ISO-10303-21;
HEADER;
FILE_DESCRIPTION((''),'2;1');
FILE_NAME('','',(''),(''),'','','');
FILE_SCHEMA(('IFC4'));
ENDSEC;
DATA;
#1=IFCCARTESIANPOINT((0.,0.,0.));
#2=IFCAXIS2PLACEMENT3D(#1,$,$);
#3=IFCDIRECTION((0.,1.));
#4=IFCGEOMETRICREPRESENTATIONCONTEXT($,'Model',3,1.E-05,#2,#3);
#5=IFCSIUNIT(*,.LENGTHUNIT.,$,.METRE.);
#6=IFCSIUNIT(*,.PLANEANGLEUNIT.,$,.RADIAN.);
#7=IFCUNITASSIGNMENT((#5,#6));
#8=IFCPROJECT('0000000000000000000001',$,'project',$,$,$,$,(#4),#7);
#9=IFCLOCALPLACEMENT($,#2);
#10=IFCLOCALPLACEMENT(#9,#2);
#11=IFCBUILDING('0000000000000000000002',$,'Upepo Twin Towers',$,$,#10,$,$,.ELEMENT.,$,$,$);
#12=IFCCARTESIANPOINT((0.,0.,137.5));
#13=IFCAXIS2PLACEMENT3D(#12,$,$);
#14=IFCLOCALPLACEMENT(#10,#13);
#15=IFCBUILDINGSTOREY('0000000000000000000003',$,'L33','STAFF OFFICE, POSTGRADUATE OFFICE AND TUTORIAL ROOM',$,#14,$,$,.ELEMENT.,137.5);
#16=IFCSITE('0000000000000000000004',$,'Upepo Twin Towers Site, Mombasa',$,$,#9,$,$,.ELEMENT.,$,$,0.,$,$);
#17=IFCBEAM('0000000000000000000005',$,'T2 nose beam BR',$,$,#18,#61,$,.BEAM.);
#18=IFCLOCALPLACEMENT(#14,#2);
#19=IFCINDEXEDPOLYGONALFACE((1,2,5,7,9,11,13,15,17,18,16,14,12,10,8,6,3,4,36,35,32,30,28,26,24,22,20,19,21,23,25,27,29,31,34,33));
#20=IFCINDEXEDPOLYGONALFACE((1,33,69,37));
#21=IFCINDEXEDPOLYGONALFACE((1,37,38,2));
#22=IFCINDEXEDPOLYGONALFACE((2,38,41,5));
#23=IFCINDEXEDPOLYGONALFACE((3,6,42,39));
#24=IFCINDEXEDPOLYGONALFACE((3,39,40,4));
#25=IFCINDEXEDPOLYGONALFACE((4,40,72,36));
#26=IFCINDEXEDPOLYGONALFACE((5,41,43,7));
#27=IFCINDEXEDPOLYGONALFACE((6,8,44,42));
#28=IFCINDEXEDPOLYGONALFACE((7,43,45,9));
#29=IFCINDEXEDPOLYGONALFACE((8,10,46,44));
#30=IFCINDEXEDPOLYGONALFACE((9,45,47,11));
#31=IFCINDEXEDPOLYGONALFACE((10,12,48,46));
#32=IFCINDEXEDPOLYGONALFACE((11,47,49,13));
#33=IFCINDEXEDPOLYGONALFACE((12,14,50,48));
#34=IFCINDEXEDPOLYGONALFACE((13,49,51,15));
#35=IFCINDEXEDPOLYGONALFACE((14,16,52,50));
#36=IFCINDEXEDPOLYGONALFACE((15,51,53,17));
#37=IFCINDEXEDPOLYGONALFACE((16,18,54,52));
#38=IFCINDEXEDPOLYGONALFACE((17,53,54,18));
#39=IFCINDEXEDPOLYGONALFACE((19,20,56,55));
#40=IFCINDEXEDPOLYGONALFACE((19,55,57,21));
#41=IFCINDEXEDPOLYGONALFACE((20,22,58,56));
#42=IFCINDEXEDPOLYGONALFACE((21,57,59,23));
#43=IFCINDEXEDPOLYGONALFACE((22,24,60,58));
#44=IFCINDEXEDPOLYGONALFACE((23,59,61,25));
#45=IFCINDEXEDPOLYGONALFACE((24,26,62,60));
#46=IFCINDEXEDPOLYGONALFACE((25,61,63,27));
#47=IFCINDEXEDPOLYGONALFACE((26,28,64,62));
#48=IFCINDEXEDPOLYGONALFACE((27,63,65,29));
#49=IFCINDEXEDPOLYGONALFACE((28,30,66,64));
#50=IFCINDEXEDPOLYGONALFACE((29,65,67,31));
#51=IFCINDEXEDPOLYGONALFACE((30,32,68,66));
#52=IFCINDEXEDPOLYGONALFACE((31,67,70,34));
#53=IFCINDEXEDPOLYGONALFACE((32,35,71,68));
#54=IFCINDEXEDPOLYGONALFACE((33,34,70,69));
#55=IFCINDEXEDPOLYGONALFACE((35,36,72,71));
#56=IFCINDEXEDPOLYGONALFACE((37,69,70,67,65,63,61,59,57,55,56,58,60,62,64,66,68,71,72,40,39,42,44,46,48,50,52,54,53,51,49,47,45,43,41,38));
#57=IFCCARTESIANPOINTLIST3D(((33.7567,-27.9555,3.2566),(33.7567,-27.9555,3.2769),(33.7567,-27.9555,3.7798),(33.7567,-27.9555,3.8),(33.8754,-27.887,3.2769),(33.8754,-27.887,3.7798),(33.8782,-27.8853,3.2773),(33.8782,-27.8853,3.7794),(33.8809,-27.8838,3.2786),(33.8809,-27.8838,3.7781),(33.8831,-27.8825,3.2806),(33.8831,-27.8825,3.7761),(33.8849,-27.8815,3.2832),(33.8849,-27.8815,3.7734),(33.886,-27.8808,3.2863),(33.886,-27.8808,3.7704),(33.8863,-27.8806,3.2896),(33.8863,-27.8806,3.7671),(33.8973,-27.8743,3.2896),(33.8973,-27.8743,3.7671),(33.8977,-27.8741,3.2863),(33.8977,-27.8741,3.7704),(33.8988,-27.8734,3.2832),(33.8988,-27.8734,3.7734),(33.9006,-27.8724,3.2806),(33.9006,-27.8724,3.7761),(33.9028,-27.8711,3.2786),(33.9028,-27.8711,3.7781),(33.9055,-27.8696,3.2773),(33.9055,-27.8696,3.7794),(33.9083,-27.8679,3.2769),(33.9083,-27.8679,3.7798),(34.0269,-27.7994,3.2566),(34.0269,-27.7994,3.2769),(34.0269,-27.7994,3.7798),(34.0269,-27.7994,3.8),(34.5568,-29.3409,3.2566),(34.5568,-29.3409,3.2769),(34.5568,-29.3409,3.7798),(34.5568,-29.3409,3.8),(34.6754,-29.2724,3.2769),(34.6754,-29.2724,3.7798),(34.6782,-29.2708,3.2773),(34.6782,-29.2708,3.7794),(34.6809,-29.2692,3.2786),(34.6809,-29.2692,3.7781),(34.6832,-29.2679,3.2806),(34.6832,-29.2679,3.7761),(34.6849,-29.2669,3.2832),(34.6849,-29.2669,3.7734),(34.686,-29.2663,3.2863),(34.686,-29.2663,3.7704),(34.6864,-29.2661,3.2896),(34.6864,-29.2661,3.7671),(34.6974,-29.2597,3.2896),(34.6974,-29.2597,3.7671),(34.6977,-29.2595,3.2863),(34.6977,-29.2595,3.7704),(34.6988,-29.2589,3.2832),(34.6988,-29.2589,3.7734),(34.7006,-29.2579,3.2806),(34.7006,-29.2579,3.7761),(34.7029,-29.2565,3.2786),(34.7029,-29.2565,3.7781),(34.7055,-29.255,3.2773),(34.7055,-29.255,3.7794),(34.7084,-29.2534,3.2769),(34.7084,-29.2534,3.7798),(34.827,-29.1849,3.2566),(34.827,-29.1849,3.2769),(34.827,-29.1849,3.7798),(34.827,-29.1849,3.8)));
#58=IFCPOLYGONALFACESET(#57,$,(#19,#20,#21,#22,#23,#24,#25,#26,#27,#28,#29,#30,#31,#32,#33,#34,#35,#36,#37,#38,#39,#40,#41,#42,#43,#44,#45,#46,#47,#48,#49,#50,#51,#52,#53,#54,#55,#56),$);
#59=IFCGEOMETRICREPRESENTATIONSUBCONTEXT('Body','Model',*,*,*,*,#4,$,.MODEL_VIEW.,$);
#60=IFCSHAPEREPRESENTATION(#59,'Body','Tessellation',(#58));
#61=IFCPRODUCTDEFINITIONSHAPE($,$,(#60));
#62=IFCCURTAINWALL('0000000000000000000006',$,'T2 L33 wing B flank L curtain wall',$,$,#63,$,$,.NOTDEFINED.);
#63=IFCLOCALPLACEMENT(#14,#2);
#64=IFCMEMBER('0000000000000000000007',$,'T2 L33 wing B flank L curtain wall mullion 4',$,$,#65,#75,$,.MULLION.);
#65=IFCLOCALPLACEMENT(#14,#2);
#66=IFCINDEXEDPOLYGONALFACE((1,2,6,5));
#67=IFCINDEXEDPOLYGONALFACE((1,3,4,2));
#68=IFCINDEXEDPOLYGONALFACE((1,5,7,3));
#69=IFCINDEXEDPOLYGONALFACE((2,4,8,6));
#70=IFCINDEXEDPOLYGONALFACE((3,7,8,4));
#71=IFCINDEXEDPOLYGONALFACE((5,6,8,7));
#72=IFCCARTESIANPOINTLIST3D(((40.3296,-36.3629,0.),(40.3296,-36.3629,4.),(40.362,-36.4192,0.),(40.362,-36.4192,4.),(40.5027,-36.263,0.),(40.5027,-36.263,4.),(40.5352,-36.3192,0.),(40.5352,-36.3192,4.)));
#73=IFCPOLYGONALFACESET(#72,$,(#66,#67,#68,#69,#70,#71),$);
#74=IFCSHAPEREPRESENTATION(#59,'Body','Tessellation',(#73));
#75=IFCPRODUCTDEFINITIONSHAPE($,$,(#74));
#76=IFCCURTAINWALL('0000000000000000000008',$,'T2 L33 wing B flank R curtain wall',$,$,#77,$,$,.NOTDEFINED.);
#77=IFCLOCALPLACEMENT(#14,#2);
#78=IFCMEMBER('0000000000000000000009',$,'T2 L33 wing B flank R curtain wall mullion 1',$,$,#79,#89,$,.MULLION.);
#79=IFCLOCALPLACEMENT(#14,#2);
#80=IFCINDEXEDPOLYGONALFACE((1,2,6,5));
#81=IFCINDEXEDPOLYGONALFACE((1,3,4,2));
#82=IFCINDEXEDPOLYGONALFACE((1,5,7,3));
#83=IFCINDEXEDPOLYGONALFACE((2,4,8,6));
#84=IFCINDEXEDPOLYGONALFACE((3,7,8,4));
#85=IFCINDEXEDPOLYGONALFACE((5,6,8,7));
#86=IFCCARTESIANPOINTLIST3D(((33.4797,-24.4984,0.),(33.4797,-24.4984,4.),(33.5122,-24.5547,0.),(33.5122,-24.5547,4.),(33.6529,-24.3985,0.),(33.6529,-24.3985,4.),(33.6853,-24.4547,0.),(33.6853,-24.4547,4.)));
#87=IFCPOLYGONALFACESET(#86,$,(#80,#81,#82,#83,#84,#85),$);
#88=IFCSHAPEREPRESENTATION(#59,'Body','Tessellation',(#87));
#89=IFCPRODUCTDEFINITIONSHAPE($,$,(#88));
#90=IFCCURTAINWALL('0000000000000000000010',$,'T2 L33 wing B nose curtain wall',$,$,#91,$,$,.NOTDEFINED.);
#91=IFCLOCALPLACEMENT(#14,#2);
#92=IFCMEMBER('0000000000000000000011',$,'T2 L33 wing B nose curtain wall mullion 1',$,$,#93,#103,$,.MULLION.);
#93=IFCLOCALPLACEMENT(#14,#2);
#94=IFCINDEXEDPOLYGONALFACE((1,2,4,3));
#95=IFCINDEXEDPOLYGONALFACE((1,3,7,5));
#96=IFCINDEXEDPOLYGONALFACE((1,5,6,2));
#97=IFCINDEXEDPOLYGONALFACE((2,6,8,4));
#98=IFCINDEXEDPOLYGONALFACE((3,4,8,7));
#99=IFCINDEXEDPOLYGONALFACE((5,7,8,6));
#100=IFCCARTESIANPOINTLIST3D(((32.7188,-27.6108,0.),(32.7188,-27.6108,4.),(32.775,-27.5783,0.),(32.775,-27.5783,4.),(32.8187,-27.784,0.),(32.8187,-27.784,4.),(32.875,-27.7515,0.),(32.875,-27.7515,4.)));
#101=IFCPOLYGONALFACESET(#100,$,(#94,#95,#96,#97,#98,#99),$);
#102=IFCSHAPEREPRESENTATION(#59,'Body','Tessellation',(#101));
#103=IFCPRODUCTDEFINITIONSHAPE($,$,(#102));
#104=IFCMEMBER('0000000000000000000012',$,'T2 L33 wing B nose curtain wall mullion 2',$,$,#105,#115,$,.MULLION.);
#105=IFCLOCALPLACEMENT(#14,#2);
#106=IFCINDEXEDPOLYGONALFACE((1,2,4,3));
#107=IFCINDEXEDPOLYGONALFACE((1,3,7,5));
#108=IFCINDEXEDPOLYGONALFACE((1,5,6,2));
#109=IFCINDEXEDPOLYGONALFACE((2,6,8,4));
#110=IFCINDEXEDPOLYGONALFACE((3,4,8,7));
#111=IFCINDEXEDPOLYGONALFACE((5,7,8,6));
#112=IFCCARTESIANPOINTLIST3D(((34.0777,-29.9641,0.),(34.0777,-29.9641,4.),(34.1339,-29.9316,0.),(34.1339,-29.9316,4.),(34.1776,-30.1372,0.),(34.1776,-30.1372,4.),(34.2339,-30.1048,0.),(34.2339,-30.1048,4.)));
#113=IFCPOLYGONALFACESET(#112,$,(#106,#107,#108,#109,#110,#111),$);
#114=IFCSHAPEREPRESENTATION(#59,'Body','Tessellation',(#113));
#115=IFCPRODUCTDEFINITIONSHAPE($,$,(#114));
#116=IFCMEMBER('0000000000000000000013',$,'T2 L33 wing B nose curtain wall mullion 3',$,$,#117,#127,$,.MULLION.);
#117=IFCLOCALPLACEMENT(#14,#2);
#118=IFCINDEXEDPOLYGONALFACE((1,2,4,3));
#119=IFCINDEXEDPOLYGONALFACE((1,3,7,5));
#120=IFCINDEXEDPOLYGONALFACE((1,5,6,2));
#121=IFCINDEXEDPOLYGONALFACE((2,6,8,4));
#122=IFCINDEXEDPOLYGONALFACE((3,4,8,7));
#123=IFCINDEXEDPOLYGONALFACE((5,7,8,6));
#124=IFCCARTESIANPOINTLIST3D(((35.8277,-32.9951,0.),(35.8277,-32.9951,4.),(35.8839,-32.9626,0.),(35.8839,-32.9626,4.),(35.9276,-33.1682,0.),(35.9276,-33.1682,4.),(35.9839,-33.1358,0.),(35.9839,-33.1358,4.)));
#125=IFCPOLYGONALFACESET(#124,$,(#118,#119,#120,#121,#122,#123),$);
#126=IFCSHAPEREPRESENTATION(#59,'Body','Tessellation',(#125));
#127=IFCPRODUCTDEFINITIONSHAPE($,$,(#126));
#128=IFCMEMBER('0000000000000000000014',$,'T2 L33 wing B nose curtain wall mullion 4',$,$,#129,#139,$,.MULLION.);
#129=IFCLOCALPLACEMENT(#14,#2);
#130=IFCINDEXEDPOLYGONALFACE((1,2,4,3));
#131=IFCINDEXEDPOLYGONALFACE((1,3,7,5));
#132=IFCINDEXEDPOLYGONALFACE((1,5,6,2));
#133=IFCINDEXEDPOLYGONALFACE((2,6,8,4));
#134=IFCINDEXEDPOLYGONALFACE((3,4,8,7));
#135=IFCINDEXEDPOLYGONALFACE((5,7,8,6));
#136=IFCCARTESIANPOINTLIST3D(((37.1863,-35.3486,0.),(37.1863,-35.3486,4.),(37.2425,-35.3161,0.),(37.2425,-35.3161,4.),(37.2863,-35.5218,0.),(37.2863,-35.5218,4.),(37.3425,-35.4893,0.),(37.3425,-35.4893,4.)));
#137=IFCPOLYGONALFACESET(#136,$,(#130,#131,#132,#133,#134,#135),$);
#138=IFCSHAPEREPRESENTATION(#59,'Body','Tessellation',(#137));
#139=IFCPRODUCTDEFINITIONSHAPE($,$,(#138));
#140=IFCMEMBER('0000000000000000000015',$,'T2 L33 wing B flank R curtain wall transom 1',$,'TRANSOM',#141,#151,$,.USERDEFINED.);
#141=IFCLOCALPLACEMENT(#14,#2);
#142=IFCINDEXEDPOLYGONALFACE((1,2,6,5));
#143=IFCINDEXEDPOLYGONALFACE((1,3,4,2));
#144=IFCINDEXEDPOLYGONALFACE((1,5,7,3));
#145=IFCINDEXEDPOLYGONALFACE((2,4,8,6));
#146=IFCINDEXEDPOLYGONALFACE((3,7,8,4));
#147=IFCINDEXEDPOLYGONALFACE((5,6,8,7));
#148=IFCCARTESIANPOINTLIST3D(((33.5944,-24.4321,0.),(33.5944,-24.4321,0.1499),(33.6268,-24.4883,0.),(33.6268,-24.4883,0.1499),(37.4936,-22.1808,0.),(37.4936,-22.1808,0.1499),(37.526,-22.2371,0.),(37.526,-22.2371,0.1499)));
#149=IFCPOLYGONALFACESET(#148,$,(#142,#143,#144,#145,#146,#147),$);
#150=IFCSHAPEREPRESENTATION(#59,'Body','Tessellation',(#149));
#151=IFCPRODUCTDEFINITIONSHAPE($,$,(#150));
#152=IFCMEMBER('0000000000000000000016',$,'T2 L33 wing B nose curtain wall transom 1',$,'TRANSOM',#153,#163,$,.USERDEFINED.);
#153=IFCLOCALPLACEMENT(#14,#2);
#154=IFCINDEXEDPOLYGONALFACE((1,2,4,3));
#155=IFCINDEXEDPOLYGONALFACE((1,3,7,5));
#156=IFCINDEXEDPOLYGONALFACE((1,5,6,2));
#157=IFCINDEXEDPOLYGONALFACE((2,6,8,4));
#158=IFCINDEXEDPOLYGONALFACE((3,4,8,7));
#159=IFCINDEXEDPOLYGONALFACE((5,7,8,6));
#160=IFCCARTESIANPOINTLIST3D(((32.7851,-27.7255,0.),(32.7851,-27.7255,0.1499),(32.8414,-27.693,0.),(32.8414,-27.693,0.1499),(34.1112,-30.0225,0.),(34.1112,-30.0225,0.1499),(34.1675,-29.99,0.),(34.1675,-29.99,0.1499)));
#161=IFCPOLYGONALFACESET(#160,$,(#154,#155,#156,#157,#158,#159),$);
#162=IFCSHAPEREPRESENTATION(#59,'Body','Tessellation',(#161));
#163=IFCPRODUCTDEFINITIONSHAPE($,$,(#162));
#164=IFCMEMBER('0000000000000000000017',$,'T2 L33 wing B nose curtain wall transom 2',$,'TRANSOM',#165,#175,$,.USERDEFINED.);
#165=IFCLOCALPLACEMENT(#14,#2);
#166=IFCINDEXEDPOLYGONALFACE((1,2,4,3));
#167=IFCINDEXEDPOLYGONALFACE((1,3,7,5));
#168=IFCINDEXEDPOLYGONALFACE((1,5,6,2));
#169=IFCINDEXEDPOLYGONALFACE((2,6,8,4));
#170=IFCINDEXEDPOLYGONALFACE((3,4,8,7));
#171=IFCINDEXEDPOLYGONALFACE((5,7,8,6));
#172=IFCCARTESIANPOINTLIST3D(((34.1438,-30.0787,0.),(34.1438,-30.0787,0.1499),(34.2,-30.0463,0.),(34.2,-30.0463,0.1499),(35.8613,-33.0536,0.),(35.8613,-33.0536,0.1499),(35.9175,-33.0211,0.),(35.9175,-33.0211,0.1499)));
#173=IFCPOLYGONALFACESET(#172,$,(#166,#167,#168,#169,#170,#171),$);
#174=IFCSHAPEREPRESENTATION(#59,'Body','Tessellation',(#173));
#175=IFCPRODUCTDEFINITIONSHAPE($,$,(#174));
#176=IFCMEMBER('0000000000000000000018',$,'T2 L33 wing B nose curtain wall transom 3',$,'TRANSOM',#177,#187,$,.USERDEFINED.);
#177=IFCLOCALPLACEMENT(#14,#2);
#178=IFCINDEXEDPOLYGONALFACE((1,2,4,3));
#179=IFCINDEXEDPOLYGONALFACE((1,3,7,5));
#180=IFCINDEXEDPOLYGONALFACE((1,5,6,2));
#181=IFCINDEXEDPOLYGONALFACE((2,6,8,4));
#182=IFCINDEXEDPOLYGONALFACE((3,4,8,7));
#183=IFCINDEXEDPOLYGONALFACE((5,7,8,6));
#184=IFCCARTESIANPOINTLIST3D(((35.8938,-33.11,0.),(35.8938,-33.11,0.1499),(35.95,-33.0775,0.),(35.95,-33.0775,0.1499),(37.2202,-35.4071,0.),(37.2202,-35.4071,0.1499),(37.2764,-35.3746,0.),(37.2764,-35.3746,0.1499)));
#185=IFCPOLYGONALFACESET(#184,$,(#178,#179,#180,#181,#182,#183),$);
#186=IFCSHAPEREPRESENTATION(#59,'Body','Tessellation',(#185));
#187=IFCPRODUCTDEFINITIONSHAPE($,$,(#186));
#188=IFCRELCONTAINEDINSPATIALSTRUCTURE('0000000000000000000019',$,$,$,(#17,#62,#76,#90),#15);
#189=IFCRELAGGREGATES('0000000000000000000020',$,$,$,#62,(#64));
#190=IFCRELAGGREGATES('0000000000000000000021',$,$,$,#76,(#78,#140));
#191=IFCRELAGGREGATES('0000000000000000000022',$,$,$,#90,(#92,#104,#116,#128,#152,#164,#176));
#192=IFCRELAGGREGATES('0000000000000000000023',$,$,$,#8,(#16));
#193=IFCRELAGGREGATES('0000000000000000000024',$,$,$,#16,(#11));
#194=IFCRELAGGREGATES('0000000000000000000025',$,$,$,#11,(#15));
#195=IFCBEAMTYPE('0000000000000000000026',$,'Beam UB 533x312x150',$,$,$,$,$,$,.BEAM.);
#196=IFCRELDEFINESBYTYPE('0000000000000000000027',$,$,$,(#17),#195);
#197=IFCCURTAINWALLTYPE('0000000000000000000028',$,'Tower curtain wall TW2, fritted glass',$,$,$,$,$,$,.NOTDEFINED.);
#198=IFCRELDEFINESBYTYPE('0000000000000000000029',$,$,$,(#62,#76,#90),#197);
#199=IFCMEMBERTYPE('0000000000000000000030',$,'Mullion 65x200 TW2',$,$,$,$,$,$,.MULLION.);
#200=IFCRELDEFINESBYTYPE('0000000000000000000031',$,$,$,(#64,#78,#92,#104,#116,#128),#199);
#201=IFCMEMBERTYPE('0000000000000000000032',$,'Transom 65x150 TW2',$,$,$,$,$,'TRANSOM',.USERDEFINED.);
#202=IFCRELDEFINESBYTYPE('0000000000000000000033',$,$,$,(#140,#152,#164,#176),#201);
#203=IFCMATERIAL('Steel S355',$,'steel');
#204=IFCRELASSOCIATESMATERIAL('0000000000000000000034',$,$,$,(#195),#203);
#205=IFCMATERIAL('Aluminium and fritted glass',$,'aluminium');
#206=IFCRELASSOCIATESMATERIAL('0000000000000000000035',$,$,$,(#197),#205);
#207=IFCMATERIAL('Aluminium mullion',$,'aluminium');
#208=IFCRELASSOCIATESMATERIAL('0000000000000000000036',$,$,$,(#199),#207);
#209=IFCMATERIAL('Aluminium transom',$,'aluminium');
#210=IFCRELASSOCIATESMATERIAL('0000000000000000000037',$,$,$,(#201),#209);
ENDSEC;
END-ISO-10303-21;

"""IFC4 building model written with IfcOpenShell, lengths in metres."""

from ifc_helpers import new_model, si_unit, direction, frame, origin, origin_2d, place, context, subcontext, project, spatial, rectangle, i_section, extrude, material, material_profile, profile_set, type_object, element, aggregate, save


model = new_model("IFC4")

# Units and contexts
model_context = context("Model", 3, precision=1e-05, world=origin(), true_north=direction((0.0, 1.0)))
body_context = subcontext(model_context, "Body", "Model", "MODEL_VIEW")
ifc_project = project(units=[si_unit("LENGTHUNIT", "METRE"), si_unit("PLANEANGLEUNIT", "RADIAN")], contexts=[model_context])

# Site, building, storey
site_placement = place(None, origin())
site = spatial("IfcSite", under=ifc_project, at=site_placement, Name="Upepo Twin Towers Site, Mombasa", CompositionType="ELEMENT", RefElevation=0.0)
building_placement = place(site_placement, origin())
building = spatial("IfcBuilding", under=site, at=building_placement, Name="Upepo Twin Towers", CompositionType="ELEMENT")
storey_placement = place(building_placement, frame((0.0, 0.0, 137.5)))
storey = spatial("IfcBuildingStorey", under=building, at=storey_placement, Name="L33", Description="STAFF OFFICE, POSTGRADUATE OFFICE AND TUTORIAL ROOM", CompositionType="ELEMENT", Elevation=137.5)

# Beam
ifc_material_1 = material(Name="Steel S355", Category="steel")
ifc_material_profile_1 = material_profile(ifc_material_1, i_section(OverallWidth=0.312, OverallDepth=0.5435, WebThickness=0.0127, FlangeThickness=0.0203, FilletRadius=0.0127, at=origin_2d()), Name="UB 533x312x150")
ifc_profile_set_1 = profile_set([ifc_material_profile_1], Name="Steel S355")
beam_type_1 = type_object("IfcBeamType", Name="Beam UB 533x312x150", PredefinedType="BEAM", material=ifc_profile_set_1)
for number, where, z_axis, x_axis, name in (
    (1, (33.8918, -27.8774, 3.5283), (0.500061, -0.86599, 0.0), (0.86599, 0.500061, 0.0), "T2 nose beam BR"),
):
    element("IfcBeam", number, at=place(storey_placement, frame(where, z_axis=z_axis, x_axis=x_axis)), inside=storey, type_object=beam_type_1, Name=name, PredefinedType="BEAM", context=body_context, shape_type="SweptSolid", body=[
        extrude(i_section(OverallWidth=0.312, OverallDepth=0.5435, WebThickness=0.0127, FlangeThickness=0.0203, FilletRadius=0.0127, at=origin_2d()), origin(), (0.0, 0.0, 1.0), 1.5999),
    ])

# Curtain walls, members
ifc_material_2 = material(Name="Aluminium and fritted glass", Category="aluminium")
curtain_wall_type = type_object("IfcCurtainWallType", Name="Tower curtain wall TW2, fritted glass", PredefinedType="NOTDEFINED", material=ifc_material_2)
curtain_wall_1_placement = place(storey_placement, origin())
curtain_wall_1 = element("IfcCurtainWall", 2, at=curtain_wall_1_placement, inside=storey, type_object=curtain_wall_type, Name="T2 L33 wing B flank L curtain wall", PredefinedType="NOTDEFINED")
ifc_material_3 = material(Name="Aluminium mullion", Category="aluminium")
ifc_material_profile_2 = material_profile(ifc_material_3, rectangle(XDim=0.0649, YDim=0.2, at=origin_2d()), Name="MULLION 65x200")
ifc_profile_set_2 = profile_set([ifc_material_profile_2], Name="Aluminium mullion")
member_type_1 = type_object("IfcMemberType", Name="Mullion 65x200 TW2", PredefinedType="MULLION", material=ifc_profile_set_2)
member_1_placement = place(storey_placement, frame((40.4324, -36.3411, 0.0), z_axis=(0.0, 0.0, 1.0), x_axis=(0.5, -0.866025, 0.0)))
member_1 = element("IfcMember", 3, at=member_1_placement, type_object=member_type_1, Name="T2 L33 wing B flank L curtain wall mullion 4", PredefinedType="MULLION", context=body_context, shape_type="SweptSolid", body=[
    extrude(rectangle(XDim=0.0649, YDim=0.2, at=origin_2d()), origin(), (0.0, 0.0, 1.0), 4.0),
])
aggregate(curtain_wall_1, [member_1])
curtain_wall_2_placement = place(storey_placement, origin())
curtain_wall_2 = element("IfcCurtainWall", 4, at=curtain_wall_2_placement, inside=storey, type_object=curtain_wall_type, Name="T2 L33 wing B flank R curtain wall", PredefinedType="NOTDEFINED")
member_2_placement = place(storey_placement, frame((33.5825, -24.4766, 0.0), z_axis=(0.0, 0.0, 1.0), x_axis=(-0.5, 0.866025, 0.0)))
member_2 = element("IfcMember", 5, at=member_2_placement, type_object=member_type_1, Name="T2 L33 wing B flank R curtain wall mullion 1", PredefinedType="MULLION", context=body_context, shape_type="SweptSolid", body=[
    extrude(rectangle(XDim=0.0649, YDim=0.2, at=origin_2d()), origin(), (0.0, 0.0, 1.0), 4.0),
])

# Curtain wall, members
curtain_wall_3_placement = place(storey_placement, origin())
curtain_wall_3 = element("IfcCurtainWall", 6, at=curtain_wall_3_placement, inside=storey, type_object=curtain_wall_type, Name="T2 L33 wing B nose curtain wall", PredefinedType="NOTDEFINED")
member_3_placement = place(storey_placement, frame((32.7969, -27.6812, 0.0), z_axis=(0.0, 0.0, 1.0), x_axis=(0.866025, 0.5, 0.0)))
member_3 = element("IfcMember", 7, at=member_3_placement, type_object=member_type_1, Name="T2 L33 wing B nose curtain wall mullion 1", PredefinedType="MULLION", context=body_context, shape_type="SweptSolid", body=[
    extrude(rectangle(XDim=0.0649, YDim=0.2, at=origin_2d()), origin(), (0.0, 0.0, 1.0), 4.0),
])
member_4_placement = place(storey_placement, frame((34.1558, -30.0344, 0.0), z_axis=(0.0, 0.0, 1.0), x_axis=(0.866025, 0.5, 0.0)))
member_4 = element("IfcMember", 8, at=member_4_placement, type_object=member_type_1, Name="T2 L33 wing B nose curtain wall mullion 2", PredefinedType="MULLION", context=body_context, shape_type="SweptSolid", body=[
    extrude(rectangle(XDim=0.0649, YDim=0.2, at=origin_2d()), origin(), (0.0, 0.0, 1.0), 4.0),
])
member_5_placement = place(storey_placement, frame((35.9058, -33.0654, 0.0), z_axis=(0.0, 0.0, 1.0), x_axis=(0.866025, 0.5, 0.0)))
member_5 = element("IfcMember", 9, at=member_5_placement, type_object=member_type_1, Name="T2 L33 wing B nose curtain wall mullion 3", PredefinedType="MULLION", context=body_context, shape_type="SweptSolid", body=[
    extrude(rectangle(XDim=0.0649, YDim=0.2, at=origin_2d()), origin(), (0.0, 0.0, 1.0), 4.0),
])
member_6_placement = place(storey_placement, frame((37.2644, -35.4189, 0.0), z_axis=(0.0, 0.0, 1.0), x_axis=(0.866025, 0.5, 0.0)))
member_6 = element("IfcMember", 10, at=member_6_placement, type_object=member_type_1, Name="T2 L33 wing B nose curtain wall mullion 4", PredefinedType="MULLION", context=body_context, shape_type="SweptSolid", body=[
    extrude(rectangle(XDim=0.0649, YDim=0.2, at=origin_2d()), origin(), (0.0, 0.0, 1.0), 4.0),
])

# Members
ifc_material_4 = material(Name="Aluminium transom", Category="aluminium")
ifc_material_profile_3 = material_profile(ifc_material_4, rectangle(XDim=0.0649, YDim=0.1499, at=origin_2d()), Name="TRANSOM 65x150")
ifc_profile_set_3 = profile_set([ifc_material_profile_3], Name="Aluminium transom")
member_type_2 = type_object("IfcMemberType", Name="Transom 65x150 TW2", ElementType="TRANSOM", PredefinedType="USERDEFINED", material=ifc_profile_set_3)
member_7_placement = place(storey_placement, frame((33.6106, -24.4602, 0.075), z_axis=(0.866022, 0.500006, 0.0), x_axis=(-0.500006, 0.866022, 0.0)))
member_7 = element("IfcMember", 11, at=member_7_placement, type_object=member_type_2, Name="T2 L33 wing B flank R curtain wall transom 1", ObjectType="TRANSOM", PredefinedType="USERDEFINED", context=body_context, shape_type="SweptSolid", body=[
    extrude(rectangle(XDim=0.0649, YDim=0.1499, at=origin_2d()), origin(), (0.0, 0.0, 1.0), 4.5024),
])
member_8_placement = place(storey_placement, frame((32.8132, -27.7092, 0.075), z_axis=(0.49998, -0.866037, 0.0), x_axis=(0.866037, 0.49998, 0.0)))
member_8 = element("IfcMember", 12, at=member_8_placement, type_object=member_type_2, Name="T2 L33 wing B nose curtain wall transom 1", ObjectType="TRANSOM", PredefinedType="USERDEFINED", context=body_context, shape_type="SweptSolid", body=[
    extrude(rectangle(XDim=0.0649, YDim=0.1499, at=origin_2d()), origin(), (0.0, 0.0, 1.0), 2.6523),
])
member_9_placement = place(storey_placement, frame((34.1719, -30.0625, 0.075), z_axis=(0.499999, -0.866026, 0.0), x_axis=(0.866026, 0.499999, 0.0)))
member_9 = element("IfcMember", 13, at=member_9_placement, type_object=member_type_2, Name="T2 L33 wing B nose curtain wall transom 2", ObjectType="TRANSOM", PredefinedType="USERDEFINED", context=body_context, shape_type="SweptSolid", body=[
    extrude(rectangle(XDim=0.0649, YDim=0.1499, at=origin_2d()), origin(), (0.0, 0.0, 1.0), 3.4351),
])
member_10_placement = place(storey_placement, frame((35.9219, -33.0938, 0.075), z_axis=(0.500049, -0.865997, 0.0), x_axis=(0.865997, 0.500049, 0.0)))
member_10 = element("IfcMember", 14, at=member_10_placement, type_object=member_type_2, Name="T2 L33 wing B nose curtain wall transom 3", ObjectType="TRANSOM", PredefinedType="USERDEFINED", context=body_context, shape_type="SweptSolid", body=[
    extrude(rectangle(XDim=0.0649, YDim=0.1499, at=origin_2d()), origin(), (0.0, 0.0, 1.0), 2.6526),
])

aggregate(curtain_wall_2, [member_2, member_7])
aggregate(curtain_wall_3, [member_3, member_4, member_5, member_6, member_8, member_9, member_10])

save(model, "model.ifc")
